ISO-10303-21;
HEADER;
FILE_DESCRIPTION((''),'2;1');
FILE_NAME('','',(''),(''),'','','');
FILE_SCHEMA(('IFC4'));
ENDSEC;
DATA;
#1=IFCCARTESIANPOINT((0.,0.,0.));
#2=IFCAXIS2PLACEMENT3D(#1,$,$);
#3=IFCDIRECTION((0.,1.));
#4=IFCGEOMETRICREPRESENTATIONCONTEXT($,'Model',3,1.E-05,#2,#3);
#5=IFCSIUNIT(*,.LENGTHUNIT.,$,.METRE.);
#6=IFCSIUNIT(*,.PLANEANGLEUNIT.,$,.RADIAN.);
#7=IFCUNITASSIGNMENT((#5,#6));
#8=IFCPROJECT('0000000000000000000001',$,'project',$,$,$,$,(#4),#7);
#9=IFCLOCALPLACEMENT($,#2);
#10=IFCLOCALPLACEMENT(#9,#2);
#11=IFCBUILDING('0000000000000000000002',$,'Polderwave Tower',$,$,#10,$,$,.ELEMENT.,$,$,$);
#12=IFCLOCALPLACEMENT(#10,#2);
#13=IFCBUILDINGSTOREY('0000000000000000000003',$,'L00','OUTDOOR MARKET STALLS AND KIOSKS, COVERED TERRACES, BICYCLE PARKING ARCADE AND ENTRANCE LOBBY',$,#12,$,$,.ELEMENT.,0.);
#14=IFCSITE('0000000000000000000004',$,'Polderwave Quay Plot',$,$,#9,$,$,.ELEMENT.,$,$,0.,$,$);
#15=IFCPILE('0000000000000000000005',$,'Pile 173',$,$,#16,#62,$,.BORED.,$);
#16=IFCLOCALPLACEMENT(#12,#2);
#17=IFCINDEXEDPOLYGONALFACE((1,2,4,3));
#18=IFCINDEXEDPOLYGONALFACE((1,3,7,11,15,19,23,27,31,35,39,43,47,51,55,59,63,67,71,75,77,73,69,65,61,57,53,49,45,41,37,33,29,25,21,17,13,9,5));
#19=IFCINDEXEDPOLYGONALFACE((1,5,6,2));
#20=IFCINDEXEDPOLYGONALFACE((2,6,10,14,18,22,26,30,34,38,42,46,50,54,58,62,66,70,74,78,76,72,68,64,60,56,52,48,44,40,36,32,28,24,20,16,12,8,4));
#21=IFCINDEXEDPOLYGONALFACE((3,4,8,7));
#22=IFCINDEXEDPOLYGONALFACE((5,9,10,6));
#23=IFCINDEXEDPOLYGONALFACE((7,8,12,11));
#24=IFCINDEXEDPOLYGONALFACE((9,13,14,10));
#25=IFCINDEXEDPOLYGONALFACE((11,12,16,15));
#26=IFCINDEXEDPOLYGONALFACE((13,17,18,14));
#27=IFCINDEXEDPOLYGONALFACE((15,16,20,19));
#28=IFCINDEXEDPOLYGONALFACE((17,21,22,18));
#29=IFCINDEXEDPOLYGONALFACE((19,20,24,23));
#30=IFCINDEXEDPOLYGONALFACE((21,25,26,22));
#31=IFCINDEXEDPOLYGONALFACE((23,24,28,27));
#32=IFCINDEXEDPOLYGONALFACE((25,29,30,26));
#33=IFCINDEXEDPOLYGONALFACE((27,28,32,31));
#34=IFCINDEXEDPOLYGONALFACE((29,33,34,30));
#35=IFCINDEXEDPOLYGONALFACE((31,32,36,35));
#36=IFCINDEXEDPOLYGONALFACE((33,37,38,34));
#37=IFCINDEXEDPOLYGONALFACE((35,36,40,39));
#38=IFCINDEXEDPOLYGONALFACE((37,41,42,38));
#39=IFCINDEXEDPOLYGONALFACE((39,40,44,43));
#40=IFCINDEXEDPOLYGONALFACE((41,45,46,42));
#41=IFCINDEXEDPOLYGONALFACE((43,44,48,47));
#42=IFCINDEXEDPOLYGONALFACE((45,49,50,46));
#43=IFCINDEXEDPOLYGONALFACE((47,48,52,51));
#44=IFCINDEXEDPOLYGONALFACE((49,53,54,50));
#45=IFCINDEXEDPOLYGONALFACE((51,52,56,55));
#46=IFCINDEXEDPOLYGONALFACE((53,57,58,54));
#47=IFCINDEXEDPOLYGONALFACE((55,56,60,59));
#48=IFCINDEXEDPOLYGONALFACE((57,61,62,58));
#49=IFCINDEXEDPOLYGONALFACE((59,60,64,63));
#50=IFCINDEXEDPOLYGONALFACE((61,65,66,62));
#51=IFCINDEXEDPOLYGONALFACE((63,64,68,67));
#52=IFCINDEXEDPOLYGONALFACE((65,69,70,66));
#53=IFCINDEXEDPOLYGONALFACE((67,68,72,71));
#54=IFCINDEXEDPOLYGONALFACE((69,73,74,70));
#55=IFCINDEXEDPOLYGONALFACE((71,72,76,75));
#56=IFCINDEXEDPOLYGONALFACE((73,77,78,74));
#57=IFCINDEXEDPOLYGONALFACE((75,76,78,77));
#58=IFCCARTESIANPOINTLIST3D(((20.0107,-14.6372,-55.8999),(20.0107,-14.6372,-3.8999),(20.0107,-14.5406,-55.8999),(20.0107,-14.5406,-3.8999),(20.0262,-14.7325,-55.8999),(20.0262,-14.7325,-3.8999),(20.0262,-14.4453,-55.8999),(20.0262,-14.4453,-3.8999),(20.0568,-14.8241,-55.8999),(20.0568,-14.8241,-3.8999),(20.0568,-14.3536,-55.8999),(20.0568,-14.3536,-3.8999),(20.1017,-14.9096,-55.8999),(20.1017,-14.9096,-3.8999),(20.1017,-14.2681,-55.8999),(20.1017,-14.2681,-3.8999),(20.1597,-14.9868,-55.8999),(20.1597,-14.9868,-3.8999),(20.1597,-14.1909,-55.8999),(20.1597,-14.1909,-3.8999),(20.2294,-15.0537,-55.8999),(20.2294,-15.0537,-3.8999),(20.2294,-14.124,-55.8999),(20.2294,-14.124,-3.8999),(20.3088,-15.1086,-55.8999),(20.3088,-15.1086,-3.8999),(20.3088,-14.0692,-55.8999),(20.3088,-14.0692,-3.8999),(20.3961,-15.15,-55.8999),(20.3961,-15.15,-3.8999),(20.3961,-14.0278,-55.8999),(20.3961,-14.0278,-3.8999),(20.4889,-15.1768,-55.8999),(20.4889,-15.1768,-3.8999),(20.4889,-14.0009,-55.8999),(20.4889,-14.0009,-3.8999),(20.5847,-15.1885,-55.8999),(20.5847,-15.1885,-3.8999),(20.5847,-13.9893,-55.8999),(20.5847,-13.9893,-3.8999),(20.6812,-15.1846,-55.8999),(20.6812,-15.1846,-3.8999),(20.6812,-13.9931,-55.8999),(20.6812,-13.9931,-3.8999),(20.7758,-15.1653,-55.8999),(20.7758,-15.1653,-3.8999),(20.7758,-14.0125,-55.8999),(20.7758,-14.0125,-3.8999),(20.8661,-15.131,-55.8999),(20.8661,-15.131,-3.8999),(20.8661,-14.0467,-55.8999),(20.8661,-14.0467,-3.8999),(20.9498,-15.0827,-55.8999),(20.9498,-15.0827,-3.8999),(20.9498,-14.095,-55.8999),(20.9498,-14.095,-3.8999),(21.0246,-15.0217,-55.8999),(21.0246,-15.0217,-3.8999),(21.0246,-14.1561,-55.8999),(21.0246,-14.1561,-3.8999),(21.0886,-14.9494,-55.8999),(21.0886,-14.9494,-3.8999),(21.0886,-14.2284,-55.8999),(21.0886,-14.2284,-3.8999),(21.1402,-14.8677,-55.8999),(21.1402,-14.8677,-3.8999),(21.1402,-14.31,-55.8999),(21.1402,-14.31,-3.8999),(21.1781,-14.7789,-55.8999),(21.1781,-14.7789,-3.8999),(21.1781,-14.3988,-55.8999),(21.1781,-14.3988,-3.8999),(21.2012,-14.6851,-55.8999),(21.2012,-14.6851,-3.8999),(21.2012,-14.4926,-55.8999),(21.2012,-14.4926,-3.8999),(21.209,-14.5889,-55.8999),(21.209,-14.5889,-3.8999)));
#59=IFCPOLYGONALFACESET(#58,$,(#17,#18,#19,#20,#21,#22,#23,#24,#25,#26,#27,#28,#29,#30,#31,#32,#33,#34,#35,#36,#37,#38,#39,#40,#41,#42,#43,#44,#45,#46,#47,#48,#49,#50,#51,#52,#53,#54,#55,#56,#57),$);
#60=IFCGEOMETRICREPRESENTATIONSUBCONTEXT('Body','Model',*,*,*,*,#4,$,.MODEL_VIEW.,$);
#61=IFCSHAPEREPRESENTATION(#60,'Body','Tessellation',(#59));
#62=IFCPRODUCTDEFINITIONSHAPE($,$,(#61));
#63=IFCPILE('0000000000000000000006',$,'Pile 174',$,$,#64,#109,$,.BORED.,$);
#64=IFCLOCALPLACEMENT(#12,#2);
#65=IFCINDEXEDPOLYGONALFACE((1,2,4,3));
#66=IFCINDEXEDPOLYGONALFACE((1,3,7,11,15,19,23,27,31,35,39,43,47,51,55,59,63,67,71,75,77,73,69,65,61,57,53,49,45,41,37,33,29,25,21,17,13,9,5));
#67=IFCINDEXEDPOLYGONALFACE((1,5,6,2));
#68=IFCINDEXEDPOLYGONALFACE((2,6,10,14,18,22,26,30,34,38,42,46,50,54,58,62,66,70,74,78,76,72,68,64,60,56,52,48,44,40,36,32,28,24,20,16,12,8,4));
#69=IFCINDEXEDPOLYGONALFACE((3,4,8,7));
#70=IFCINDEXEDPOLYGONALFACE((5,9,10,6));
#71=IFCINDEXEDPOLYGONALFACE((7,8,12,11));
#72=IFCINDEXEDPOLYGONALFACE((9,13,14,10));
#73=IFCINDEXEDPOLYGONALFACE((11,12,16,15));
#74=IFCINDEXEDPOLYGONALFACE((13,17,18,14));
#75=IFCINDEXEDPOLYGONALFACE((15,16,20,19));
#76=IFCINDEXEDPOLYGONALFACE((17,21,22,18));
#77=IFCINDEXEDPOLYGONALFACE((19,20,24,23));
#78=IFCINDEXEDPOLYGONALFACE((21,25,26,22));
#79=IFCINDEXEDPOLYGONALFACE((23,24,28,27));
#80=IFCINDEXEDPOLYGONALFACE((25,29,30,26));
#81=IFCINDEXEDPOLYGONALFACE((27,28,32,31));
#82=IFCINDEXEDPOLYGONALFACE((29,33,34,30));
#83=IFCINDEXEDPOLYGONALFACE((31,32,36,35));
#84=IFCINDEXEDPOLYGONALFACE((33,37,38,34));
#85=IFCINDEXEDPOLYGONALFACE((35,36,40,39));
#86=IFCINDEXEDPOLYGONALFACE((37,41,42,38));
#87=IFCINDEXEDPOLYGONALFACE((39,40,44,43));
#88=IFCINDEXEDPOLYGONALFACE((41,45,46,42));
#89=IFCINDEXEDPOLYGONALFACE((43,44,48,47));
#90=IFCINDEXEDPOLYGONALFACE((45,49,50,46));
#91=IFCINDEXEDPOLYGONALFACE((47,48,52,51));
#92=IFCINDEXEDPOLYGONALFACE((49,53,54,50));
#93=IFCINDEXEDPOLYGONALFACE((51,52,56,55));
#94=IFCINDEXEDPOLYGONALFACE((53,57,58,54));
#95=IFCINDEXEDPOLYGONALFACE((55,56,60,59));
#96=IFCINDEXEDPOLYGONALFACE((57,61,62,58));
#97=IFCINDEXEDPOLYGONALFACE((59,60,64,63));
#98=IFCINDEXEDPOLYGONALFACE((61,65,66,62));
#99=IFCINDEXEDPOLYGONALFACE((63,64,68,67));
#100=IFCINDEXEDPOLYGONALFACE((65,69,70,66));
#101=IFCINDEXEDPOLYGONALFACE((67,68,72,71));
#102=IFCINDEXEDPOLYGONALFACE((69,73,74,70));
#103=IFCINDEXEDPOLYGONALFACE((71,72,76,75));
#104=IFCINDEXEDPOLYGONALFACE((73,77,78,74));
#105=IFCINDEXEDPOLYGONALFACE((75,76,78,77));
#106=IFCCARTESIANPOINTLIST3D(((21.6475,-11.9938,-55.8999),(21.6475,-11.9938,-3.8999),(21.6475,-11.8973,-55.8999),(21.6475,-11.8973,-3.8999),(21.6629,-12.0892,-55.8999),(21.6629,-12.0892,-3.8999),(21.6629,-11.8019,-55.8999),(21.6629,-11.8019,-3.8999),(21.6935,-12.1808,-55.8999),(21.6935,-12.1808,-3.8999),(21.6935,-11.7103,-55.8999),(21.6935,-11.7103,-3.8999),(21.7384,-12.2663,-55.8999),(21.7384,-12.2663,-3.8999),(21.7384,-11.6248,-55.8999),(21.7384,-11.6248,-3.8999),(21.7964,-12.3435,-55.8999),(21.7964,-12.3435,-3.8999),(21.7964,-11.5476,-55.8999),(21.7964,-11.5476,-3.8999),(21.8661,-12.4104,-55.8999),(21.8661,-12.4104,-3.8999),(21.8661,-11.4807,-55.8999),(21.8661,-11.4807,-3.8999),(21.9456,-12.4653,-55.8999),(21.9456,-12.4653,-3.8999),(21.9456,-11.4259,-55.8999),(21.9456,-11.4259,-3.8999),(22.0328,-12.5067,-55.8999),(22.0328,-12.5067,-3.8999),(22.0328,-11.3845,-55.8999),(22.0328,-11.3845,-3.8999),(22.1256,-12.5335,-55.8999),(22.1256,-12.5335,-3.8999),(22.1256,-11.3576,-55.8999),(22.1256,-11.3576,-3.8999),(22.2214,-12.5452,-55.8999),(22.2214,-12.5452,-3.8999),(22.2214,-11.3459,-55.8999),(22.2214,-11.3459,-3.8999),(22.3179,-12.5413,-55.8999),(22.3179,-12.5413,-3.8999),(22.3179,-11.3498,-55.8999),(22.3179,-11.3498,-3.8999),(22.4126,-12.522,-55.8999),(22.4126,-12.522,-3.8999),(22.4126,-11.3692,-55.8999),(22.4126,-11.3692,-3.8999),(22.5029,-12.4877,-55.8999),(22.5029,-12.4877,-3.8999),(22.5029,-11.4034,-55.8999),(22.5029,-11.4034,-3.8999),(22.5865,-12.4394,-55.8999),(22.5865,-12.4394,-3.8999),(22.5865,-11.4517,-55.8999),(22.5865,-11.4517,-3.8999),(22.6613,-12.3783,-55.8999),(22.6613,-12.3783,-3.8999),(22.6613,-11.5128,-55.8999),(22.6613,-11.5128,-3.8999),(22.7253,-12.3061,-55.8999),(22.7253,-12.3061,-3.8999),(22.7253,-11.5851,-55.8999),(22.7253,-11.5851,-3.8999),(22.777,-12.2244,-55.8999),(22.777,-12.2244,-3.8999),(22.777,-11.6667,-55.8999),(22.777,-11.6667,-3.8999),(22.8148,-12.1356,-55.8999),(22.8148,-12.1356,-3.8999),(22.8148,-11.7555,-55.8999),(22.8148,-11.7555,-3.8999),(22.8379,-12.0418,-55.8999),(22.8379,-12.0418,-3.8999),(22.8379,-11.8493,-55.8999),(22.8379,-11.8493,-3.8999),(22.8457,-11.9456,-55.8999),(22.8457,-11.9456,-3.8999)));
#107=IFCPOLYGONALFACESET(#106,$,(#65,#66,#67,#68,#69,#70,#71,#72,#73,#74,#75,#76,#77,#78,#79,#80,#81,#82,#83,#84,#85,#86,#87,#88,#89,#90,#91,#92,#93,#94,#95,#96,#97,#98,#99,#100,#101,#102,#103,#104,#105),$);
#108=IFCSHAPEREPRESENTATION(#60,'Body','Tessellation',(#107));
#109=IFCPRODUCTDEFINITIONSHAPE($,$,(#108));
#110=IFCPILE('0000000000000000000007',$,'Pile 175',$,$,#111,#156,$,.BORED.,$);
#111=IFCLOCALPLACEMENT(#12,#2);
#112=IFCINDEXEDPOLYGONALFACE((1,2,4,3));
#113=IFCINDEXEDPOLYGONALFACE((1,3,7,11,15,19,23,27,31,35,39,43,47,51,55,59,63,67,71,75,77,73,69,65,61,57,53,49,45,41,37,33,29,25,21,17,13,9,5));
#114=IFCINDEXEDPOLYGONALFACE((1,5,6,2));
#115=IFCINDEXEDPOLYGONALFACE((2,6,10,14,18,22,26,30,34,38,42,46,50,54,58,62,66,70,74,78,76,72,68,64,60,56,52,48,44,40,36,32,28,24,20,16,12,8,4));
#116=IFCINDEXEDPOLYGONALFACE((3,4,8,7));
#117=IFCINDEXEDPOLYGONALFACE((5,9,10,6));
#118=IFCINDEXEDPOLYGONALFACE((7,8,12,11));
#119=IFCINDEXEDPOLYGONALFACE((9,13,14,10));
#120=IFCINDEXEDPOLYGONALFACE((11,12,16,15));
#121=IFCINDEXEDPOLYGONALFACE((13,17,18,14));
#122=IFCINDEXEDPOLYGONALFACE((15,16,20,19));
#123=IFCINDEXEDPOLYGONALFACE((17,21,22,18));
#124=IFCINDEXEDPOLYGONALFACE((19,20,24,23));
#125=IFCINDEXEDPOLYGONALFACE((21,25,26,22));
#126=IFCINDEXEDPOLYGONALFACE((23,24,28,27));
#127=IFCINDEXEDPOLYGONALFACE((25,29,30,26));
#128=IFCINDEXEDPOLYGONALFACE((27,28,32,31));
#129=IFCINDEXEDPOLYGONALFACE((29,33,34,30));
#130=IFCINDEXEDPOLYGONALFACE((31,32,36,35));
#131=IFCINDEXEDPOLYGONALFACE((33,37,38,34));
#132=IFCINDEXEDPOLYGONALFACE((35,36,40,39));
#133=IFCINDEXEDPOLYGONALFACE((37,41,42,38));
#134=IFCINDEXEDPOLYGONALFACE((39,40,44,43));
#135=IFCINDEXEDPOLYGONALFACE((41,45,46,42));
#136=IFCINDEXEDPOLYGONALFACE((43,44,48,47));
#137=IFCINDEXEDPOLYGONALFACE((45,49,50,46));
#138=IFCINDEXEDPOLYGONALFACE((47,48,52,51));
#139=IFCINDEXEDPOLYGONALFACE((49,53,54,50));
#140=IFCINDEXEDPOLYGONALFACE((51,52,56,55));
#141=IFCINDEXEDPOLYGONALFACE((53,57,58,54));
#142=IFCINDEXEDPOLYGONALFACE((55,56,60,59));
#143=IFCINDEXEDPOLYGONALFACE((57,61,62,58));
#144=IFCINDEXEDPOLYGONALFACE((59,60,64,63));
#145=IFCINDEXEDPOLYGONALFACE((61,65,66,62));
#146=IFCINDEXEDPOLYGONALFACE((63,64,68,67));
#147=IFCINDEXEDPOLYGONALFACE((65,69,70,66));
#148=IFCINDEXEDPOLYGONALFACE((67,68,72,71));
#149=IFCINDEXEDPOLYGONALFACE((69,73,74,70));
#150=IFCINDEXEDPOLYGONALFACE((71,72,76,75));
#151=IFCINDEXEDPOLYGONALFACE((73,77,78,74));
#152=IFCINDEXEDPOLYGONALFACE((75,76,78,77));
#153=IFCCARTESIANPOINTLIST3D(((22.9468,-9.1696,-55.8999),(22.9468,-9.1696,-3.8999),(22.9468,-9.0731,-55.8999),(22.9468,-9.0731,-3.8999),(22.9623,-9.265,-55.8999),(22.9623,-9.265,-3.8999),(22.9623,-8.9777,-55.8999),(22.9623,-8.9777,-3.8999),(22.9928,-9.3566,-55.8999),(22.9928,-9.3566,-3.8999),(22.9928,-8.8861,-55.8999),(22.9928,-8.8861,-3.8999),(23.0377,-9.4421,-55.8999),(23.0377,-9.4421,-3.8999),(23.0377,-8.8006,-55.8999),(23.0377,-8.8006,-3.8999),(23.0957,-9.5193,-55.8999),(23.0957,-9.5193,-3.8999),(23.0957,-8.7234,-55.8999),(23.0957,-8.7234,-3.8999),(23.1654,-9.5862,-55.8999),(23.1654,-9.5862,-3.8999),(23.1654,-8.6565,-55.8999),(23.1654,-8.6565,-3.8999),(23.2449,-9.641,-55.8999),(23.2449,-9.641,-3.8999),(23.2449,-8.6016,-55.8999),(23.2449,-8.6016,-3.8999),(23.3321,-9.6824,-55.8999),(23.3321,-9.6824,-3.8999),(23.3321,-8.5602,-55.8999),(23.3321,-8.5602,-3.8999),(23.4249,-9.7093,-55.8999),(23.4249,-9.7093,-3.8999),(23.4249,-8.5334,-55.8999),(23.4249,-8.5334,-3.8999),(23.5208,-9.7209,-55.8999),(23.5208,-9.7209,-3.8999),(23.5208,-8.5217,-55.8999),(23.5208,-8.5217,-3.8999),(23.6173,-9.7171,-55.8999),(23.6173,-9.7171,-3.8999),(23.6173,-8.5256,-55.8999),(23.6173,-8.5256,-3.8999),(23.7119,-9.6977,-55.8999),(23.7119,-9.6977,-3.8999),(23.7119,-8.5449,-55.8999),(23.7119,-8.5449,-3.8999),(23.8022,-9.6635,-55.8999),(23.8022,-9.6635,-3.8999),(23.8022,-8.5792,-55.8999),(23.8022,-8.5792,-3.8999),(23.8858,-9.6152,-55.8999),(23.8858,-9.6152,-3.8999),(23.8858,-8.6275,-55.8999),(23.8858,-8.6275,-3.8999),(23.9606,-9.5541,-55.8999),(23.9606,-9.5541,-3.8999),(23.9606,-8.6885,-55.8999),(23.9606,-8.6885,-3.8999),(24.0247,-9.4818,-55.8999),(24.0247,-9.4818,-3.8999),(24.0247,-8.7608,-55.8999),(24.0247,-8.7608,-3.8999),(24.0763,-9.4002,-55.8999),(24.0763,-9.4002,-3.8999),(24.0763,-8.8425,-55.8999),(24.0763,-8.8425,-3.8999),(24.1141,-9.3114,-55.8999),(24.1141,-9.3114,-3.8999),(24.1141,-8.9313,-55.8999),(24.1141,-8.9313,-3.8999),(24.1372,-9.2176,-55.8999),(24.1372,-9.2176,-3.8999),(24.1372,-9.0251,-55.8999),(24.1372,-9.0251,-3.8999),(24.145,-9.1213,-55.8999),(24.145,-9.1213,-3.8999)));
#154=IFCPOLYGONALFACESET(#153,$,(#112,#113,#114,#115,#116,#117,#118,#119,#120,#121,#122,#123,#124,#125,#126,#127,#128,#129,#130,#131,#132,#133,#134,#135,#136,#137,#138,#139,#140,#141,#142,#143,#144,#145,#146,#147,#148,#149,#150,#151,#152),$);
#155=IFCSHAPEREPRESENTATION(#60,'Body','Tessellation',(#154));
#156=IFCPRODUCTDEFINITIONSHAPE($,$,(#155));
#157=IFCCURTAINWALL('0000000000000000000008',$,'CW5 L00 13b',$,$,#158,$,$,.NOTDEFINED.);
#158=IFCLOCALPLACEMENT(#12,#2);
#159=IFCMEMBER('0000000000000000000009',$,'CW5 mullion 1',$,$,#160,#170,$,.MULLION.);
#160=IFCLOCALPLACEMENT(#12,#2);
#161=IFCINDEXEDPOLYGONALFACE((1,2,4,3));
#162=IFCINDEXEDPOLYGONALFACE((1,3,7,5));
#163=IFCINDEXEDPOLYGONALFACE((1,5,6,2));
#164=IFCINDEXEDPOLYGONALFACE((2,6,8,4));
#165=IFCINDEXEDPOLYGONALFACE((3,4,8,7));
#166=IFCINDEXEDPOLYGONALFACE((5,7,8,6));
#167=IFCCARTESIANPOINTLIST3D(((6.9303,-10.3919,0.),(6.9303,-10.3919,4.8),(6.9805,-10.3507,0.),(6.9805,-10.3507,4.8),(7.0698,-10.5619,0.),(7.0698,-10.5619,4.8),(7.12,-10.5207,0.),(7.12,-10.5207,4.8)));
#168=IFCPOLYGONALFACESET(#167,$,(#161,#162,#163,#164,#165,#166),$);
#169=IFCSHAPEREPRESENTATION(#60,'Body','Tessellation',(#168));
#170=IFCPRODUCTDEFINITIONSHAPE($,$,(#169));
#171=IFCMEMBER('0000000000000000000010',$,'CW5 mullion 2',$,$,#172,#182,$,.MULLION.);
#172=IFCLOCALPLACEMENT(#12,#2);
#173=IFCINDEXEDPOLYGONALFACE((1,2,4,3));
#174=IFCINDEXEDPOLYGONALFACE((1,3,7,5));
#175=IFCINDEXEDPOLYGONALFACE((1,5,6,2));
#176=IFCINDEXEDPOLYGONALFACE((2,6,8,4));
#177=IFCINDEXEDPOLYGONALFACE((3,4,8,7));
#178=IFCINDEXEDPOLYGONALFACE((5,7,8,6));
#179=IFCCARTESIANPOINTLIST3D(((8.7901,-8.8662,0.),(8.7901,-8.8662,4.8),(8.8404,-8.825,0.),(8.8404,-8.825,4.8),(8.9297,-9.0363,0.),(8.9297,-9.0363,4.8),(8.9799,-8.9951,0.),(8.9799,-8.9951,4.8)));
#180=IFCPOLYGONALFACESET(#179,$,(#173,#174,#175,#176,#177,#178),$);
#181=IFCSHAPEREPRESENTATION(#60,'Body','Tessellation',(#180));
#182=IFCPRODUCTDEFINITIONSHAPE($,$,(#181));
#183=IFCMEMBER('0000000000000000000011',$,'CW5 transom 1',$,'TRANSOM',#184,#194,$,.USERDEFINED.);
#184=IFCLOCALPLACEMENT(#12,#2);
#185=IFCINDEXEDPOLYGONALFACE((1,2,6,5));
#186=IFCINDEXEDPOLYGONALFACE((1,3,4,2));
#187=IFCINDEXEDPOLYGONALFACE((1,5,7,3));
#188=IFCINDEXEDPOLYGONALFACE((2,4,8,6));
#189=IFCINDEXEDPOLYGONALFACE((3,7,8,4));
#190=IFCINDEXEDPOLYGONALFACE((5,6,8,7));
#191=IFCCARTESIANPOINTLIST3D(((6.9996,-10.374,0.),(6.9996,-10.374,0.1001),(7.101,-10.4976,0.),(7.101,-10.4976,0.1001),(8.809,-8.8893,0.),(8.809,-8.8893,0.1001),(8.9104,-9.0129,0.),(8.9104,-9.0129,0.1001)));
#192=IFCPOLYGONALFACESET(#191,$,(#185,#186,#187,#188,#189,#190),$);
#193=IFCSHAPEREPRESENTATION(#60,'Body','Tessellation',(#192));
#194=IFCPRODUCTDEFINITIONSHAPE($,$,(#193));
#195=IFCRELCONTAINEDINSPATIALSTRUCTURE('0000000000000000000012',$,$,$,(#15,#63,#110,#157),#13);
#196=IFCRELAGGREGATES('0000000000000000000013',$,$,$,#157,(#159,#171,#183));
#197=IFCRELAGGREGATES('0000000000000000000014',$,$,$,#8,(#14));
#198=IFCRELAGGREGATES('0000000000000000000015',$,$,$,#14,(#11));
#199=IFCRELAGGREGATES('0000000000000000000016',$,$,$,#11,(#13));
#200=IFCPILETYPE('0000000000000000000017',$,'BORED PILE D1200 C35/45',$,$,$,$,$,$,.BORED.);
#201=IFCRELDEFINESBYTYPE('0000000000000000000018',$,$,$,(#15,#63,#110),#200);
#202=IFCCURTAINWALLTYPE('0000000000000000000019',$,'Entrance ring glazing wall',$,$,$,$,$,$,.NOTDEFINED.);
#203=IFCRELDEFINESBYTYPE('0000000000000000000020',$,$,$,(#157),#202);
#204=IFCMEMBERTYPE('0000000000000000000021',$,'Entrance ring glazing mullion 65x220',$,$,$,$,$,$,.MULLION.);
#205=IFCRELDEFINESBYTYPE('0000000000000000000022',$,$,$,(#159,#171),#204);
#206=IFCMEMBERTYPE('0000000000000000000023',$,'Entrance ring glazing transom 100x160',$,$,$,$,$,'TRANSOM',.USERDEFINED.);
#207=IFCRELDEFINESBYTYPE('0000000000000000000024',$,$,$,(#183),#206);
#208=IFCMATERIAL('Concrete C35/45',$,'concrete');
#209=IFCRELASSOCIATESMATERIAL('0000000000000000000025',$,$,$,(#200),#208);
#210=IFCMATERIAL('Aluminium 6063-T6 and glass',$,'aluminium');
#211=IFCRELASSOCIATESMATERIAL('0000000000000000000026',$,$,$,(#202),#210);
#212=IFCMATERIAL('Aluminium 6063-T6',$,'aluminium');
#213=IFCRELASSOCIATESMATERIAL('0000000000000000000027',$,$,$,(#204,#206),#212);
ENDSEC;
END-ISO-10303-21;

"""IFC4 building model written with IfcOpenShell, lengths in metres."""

from ifc_helpers import new_model, si_unit, direction, frame, origin, origin_2d, place, context, subcontext, project, spatial, rectangle, circle, extrude, material, material_profile, profile_set, type_object, element, aggregate, save


model = new_model("IFC4")

# Units and contexts
model_context = context("Model", 3, precision=1e-05, world=origin(), true_north=direction((0.0, 1.0)))
body_context = subcontext(model_context, "Body", "Model", "MODEL_VIEW")
ifc_project = project(units=[si_unit("LENGTHUNIT", "METRE"), si_unit("PLANEANGLEUNIT", "RADIAN")], contexts=[model_context])

# Site, building, storey
site_placement = place(None, origin())
site = spatial("IfcSite", under=ifc_project, at=site_placement, Name="Polderwave Quay Plot", CompositionType="ELEMENT", RefElevation=0.0)
building_placement = place(site_placement, origin())
building = spatial("IfcBuilding", under=site, at=building_placement, Name="Polderwave Tower", CompositionType="ELEMENT")
storey_placement = place(building_placement, origin())
storey = spatial("IfcBuildingStorey", under=building, at=storey_placement, Name="L00", Description="OUTDOOR MARKET STALLS AND KIOSKS, COVERED TERRACES, BICYCLE PARKING ARCADE AND ENTRANCE LOBBY", CompositionType="ELEMENT", Elevation=0.0)

# Piles
ifc_material_1 = material(Name="Concrete C35/45", Category="concrete")
ifc_material_profile_1 = material_profile(ifc_material_1, circle(Radius=0.6001, at=origin_2d()), Name="BORED D1200")
ifc_profile_set_1 = profile_set([ifc_material_profile_1], Name="Concrete C35/45")
pile_type = type_object("IfcPileType", Name="BORED PILE D1200 C35/45", PredefinedType="BORED", material=ifc_profile_set_1)
for number, where, z_axis, x_axis, name in (
    (1, (20.6089, -14.5889, -3.8999), (0.0, 0.0, -1.0), (1.0, 0.0, 0.0), "Pile 173"),
    (2, (22.2456, -11.9456, -3.8999), (0.0, 0.0, -1.0), (1.0, 0.0, 0.0), "Pile 174"),
    (3, (23.5449, -9.1213, -3.8999), (0.0, 0.0, -1.0), (1.0, 0.0, 0.0), "Pile 175"),
):
    element("IfcPile", number, at=place(storey_placement, frame(where, z_axis=z_axis, x_axis=x_axis)), inside=storey, type_object=pile_type, Name=name, PredefinedType="BORED", context=body_context, shape_type="SweptSolid", body=[
        extrude(circle(Radius=0.6001, at=origin_2d()), origin(), (0.0, 0.0, 1.0), 52.0),
    ])

# Curtain wall, members
ifc_material_2 = material(Name="Aluminium 6063-T6 and glass", Category="aluminium")
curtain_wall_type = type_object("IfcCurtainWallType", Name="Entrance ring glazing wall", PredefinedType="NOTDEFINED", material=ifc_material_2)
curtain_wall_placement = place(storey_placement, origin())
curtain_wall = element("IfcCurtainWall", 4, at=curtain_wall_placement, inside=storey, type_object=curtain_wall_type, Name="CW5 L00 13b", PredefinedType="NOTDEFINED")
ifc_material_3 = material(Name="Aluminium 6063-T6", Category="aluminium")
ifc_material_profile_2 = material_profile(ifc_material_3, rectangle(XDim=0.22, YDim=0.0649, at=origin_2d()), Name="AL 65x220")
ifc_profile_set_2 = profile_set([ifc_material_profile_2], Name="Aluminium 6063-T6")
member_type_1 = type_object("IfcMemberType", Name="Entrance ring glazing mullion 65x220", PredefinedType="MULLION", material=ifc_profile_set_2)
member_1_placement = place(storey_placement, frame((7.0251, -10.4563, 0.0), z_axis=(0.0, 0.0, 1.0), x_axis=(-0.634273, 0.773109, 0.0)))
member_1 = element("IfcMember", 5, at=member_1_placement, type_object=member_type_1, Name="CW5 mullion 1", PredefinedType="MULLION", context=body_context, shape_type="SweptSolid", body=[
    extrude(rectangle(XDim=0.22, YDim=0.0649, at=origin_2d()), origin(), (0.0, 0.0, 1.0), 4.8),
])
member_2_placement = place(storey_placement, frame((8.885, -8.9307, 0.0), z_axis=(0.0, 0.0, 1.0), x_axis=(-0.634273, 0.773109, 0.0)))
member_2 = element("IfcMember", 6, at=member_2_placement, type_object=member_type_1, Name="CW5 mullion 2", PredefinedType="MULLION", context=body_context, shape_type="SweptSolid", body=[
    extrude(rectangle(XDim=0.22, YDim=0.0649, at=origin_2d()), origin(), (0.0, 0.0, 1.0), 4.8),
])
ifc_material_profile_3 = material_profile(ifc_material_3, rectangle(XDim=0.1599, YDim=0.1001, at=origin_2d()), Name="AL 100x160")
ifc_profile_set_3 = profile_set([ifc_material_profile_3], Name="Aluminium 6063-T6")
member_type_2 = type_object("IfcMemberType", Name="Entrance ring glazing transom 100x160", ElementType="TRANSOM", PredefinedType="USERDEFINED", material=ifc_profile_set_3)
member_3_placement = place(storey_placement, frame((7.0503, -10.4358, 0.05), z_axis=(0.773064, 0.634328, 0.0), x_axis=(-0.634328, 0.773064, 0.0)))
member_3 = element("IfcMember", 7, at=member_3_placement, type_object=member_type_2, Name="CW5 transom 1", ObjectType="TRANSOM", PredefinedType="USERDEFINED", context=body_context, shape_type="SweptSolid", body=[
    extrude(rectangle(XDim=0.1599, YDim=0.1001, at=origin_2d()), origin(), (0.0, 0.0, 1.0), 2.3406),
])
aggregate(curtain_wall, [member_1, member_2, member_3])

save(model, "model.ifc")
